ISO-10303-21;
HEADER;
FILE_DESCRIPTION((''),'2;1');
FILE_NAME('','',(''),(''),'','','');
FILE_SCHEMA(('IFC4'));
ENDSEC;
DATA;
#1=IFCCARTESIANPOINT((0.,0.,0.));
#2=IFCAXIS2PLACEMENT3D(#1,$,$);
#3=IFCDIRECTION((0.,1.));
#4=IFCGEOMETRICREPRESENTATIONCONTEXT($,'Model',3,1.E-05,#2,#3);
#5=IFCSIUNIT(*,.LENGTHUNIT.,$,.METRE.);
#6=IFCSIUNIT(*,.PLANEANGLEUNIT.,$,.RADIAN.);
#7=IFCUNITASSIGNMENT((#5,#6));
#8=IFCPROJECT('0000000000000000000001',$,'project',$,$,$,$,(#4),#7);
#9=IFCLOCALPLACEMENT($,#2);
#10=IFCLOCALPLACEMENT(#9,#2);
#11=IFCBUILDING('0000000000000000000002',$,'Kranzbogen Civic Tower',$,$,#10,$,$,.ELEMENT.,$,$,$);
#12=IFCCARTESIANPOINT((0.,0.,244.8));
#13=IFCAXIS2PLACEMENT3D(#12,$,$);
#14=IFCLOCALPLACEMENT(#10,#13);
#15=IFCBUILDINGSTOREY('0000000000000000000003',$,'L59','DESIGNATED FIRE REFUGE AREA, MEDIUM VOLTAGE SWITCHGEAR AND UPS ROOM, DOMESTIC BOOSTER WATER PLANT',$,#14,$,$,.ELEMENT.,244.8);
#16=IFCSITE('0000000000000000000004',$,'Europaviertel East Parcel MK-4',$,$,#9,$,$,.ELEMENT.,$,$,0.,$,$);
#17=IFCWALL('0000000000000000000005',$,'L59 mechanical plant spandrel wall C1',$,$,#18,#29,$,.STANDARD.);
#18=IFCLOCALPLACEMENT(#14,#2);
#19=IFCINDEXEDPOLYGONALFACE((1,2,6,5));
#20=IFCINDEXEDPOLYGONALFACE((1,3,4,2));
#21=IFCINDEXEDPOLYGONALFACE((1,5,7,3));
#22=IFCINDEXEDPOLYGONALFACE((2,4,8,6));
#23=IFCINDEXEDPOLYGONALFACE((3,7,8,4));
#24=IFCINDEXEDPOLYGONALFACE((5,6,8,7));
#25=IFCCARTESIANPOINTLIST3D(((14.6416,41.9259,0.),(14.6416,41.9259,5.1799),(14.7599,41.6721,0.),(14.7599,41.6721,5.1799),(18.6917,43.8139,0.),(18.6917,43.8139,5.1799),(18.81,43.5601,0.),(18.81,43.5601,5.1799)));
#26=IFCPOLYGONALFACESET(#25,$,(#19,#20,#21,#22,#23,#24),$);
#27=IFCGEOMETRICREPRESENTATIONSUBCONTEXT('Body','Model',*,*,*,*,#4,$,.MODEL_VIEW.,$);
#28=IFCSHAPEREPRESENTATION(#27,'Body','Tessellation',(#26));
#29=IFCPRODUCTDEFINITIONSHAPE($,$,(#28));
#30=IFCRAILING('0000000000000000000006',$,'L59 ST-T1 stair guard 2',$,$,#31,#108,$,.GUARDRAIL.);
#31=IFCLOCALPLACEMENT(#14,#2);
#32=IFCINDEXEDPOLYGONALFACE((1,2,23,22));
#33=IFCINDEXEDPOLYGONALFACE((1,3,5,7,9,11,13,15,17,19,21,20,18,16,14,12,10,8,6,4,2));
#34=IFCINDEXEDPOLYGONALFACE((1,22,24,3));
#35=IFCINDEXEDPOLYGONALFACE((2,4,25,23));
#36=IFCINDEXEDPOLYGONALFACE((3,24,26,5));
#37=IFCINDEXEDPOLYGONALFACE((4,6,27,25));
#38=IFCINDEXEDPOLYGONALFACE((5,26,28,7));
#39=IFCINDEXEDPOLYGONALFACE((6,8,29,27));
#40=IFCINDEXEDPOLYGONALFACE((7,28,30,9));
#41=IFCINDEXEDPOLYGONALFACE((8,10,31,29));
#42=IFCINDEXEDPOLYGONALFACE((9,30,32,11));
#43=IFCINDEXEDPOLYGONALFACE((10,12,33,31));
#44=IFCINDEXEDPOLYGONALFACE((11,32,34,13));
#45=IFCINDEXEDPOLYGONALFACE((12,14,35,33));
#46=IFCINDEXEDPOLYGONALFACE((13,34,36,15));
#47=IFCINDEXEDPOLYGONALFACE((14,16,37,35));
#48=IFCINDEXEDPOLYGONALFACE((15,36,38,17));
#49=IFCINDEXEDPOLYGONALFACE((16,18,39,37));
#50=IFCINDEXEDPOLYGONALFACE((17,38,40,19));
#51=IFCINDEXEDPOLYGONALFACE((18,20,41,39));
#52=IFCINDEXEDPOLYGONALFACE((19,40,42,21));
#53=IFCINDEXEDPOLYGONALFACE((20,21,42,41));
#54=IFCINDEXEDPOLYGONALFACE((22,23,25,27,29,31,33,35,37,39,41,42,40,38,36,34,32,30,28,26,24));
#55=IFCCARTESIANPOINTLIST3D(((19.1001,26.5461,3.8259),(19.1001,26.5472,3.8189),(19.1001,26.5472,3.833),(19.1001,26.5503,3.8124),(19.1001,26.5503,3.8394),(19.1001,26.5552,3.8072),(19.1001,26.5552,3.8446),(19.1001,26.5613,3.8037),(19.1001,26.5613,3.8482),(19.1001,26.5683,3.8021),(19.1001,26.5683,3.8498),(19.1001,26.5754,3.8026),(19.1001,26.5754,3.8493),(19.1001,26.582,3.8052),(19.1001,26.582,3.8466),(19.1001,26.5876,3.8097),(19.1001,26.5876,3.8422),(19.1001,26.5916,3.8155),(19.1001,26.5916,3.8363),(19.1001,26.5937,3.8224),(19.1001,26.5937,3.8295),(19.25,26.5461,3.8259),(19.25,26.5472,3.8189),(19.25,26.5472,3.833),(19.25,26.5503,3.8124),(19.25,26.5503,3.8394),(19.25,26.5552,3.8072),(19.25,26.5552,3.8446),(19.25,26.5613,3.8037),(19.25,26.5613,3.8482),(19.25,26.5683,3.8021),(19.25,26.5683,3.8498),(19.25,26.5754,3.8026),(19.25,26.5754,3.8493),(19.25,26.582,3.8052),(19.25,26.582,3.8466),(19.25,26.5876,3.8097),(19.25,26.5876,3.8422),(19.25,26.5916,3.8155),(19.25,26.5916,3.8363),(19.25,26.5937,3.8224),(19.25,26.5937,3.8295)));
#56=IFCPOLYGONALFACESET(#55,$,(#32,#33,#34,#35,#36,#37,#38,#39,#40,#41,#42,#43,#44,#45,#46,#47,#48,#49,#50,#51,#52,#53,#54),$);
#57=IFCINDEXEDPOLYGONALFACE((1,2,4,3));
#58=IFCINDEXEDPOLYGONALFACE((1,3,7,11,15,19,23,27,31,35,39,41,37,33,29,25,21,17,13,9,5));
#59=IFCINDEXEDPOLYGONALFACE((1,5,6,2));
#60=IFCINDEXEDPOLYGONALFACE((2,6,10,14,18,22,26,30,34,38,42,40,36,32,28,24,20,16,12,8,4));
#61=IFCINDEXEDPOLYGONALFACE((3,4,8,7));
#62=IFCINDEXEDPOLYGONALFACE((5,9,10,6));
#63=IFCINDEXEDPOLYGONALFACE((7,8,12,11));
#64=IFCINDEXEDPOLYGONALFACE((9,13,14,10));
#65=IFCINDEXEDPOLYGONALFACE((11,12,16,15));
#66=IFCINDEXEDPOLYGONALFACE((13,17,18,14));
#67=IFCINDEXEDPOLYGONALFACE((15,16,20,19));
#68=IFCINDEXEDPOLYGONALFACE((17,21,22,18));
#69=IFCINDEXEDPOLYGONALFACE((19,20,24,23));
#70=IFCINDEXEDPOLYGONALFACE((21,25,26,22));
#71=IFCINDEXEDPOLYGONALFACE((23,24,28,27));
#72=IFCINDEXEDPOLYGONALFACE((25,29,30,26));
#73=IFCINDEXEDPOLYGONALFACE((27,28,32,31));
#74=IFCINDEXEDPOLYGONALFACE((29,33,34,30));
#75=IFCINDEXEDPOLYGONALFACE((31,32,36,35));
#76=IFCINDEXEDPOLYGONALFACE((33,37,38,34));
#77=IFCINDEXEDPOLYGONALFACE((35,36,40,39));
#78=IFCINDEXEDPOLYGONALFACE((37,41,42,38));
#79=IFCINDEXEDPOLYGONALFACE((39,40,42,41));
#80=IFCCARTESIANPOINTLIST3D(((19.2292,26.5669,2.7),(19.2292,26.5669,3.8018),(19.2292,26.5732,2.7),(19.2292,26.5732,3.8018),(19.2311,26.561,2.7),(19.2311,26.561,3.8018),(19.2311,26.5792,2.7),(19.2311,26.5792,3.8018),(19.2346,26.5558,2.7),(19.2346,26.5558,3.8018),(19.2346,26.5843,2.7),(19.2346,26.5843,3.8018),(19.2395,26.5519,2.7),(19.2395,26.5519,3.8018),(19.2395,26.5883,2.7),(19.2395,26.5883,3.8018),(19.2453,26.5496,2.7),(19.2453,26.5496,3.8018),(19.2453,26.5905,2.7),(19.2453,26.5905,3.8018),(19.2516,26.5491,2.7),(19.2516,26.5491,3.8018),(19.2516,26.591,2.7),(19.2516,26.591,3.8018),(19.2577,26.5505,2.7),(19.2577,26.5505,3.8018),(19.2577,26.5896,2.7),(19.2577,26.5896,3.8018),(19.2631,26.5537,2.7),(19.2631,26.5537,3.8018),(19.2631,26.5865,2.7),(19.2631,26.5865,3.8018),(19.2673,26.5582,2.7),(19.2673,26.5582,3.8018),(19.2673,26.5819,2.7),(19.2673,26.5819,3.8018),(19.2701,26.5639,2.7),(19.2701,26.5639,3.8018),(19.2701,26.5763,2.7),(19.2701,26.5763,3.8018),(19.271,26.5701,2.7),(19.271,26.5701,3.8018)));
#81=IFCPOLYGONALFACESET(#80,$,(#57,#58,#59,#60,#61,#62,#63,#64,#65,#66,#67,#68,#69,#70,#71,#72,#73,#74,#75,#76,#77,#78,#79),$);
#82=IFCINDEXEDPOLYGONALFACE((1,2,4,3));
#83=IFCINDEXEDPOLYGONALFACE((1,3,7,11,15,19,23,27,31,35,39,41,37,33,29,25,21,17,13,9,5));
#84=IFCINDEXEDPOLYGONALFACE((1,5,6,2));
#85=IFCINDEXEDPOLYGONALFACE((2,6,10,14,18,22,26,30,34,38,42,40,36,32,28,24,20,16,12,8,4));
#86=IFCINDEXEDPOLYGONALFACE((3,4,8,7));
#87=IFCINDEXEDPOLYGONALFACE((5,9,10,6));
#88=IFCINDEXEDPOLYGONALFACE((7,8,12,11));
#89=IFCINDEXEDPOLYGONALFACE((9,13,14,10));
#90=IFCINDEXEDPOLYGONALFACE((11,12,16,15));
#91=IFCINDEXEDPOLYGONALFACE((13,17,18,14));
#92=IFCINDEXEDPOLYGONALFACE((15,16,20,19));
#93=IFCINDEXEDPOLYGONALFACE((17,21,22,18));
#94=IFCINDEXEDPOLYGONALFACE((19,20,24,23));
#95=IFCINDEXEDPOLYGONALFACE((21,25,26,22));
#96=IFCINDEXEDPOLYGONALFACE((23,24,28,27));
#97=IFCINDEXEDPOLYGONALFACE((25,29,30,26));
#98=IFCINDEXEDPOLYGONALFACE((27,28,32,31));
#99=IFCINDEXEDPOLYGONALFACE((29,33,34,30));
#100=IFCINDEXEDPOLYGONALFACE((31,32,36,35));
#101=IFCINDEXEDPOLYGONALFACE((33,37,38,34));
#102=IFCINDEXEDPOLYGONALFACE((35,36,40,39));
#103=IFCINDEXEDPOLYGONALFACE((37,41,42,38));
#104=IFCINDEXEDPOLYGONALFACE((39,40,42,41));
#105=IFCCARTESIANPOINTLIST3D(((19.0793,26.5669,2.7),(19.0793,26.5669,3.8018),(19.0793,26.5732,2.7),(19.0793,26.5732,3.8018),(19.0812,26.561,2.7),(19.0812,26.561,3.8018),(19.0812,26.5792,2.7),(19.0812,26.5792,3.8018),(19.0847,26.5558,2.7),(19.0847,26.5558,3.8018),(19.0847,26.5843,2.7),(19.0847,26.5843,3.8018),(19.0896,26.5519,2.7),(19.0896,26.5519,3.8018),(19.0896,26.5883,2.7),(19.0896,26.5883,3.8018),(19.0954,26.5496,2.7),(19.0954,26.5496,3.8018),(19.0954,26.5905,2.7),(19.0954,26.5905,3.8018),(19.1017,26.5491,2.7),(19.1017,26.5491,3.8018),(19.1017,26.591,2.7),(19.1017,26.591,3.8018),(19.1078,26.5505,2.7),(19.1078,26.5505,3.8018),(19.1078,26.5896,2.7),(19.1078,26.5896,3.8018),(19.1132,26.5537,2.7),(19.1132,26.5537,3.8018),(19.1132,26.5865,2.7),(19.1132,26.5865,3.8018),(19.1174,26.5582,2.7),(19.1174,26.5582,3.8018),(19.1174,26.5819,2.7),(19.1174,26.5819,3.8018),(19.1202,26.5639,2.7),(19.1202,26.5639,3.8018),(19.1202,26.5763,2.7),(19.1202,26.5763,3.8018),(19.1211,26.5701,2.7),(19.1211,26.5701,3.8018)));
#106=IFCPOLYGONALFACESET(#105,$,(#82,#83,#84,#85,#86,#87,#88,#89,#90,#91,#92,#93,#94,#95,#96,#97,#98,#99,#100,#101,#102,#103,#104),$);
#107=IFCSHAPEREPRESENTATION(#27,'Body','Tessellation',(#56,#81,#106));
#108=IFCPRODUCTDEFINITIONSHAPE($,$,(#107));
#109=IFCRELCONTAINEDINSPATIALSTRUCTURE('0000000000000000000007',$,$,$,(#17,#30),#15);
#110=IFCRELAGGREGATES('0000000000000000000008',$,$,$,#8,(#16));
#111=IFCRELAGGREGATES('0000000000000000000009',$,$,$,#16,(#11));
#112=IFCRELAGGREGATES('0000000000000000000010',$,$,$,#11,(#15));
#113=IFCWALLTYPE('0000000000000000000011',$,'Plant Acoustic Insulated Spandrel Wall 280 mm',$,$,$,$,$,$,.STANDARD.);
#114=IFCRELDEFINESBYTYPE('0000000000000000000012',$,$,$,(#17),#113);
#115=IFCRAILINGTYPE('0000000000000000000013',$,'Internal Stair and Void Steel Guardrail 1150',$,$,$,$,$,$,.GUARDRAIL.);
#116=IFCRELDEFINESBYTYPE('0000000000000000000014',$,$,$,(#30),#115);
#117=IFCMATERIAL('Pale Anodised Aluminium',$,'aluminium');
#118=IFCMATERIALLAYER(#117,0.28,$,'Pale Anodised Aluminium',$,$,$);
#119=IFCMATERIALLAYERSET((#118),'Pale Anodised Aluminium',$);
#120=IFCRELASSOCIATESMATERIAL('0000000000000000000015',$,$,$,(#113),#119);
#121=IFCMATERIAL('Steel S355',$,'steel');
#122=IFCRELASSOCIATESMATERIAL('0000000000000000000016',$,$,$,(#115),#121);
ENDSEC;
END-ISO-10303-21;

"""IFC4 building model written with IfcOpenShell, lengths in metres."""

from ifc_helpers import new_model, si_unit, direction, frame, frame_2d, origin, origin_2d, place, context, subcontext, project, spatial, rectangle, circle, extrude, material, layer, layer_set, type_object, element, save


model = new_model("IFC4")

# Units and contexts
model_context = context("Model", 3, precision=1e-05, world=origin(), true_north=direction((0.0, 1.0)))
body_context = subcontext(model_context, "Body", "Model", "MODEL_VIEW")
ifc_project = project(units=[si_unit("LENGTHUNIT", "METRE"), si_unit("PLANEANGLEUNIT", "RADIAN")], contexts=[model_context])

# Site, building, storey
site_placement = place(None, origin())
site = spatial("IfcSite", under=ifc_project, at=site_placement, Name="Europaviertel East Parcel MK-4", CompositionType="ELEMENT", RefElevation=0.0)
building_placement = place(site_placement, origin())
building = spatial("IfcBuilding", under=site, at=building_placement, Name="Kranzbogen Civic Tower", CompositionType="ELEMENT")
storey_placement = place(building_placement, frame((0.0, 0.0, 244.8)))
storey = spatial("IfcBuildingStorey", under=building, at=storey_placement, Name="L59", Description="DESIGNATED FIRE REFUGE AREA, MEDIUM VOLTAGE SWITCHGEAR AND UPS ROOM, DOMESTIC BOOSTER WATER PLANT", CompositionType="ELEMENT", Elevation=244.8)

# Shared definitions
ifc_material_1 = material(Name="Steel S355", Category="steel")

# Wall
ifc_material_2 = material(Name="Pale Anodised Aluminium", Category="aluminium")
ifc_layer_1 = layer(ifc_material_2, 0.28, Name="Pale Anodised Aluminium")
ifc_layer_set_1 = layer_set([ifc_layer_1], Name="Pale Anodised Aluminium")
wall_type_1 = type_object("IfcWallType", Name="Plant Acoustic Insulated Spandrel Wall 280 mm", PredefinedType="STANDARD", material=ifc_layer_set_1)
wall_1_placement = place(storey_placement, frame((18.751, 43.687, 0.0), z_axis=(0.0, 0.0, 1.0), x_axis=(-0.906362, -0.422503, 0.0)))
element("IfcWall", 1, at=wall_1_placement, inside=storey, type_object=wall_type_1, Name="L59 mechanical plant spandrel wall C1", PredefinedType="STANDARD", context=body_context, shape_type="SweptSolid", body=[
    extrude(rectangle(XDim=4.4685, YDim=0.28, at=frame_2d((2.2344, 0.0))), origin(), (0.0, 0.0, 1.0), 5.1799),
])

# Railing
railing_type = type_object("IfcRailingType", Name="Internal Stair and Void Steel Guardrail 1150", PredefinedType="GUARDRAIL", material=ifc_material_1)
railing_1_placement = place(storey_placement, frame((19.25, 26.5701, 2.7)))
element("IfcRailing", 2, at=railing_1_placement, inside=storey, type_object=railing_type, Name="L59 ST-T1 stair guard 2", PredefinedType="GUARDRAIL", context=body_context, shape_type="SweptSolid", body=[
    extrude(circle(Radius=0.0239, at=origin_2d()), frame((0.0, 0.0, 1.126), z_axis=(-1.0, 0.0, 0.0), x_axis=(0.0, -1.0, 0.0)), (0.0, 0.0, 1.0), 0.1499),
    extrude(circle(Radius=0.021, at=origin_2d()), origin(), (0.0, 0.0, 1.0), 1.1018),
    extrude(circle(Radius=0.021, at=origin_2d()), frame((-0.1499, 0.0, 0.0)), (0.0, 0.0, 1.0), 1.1018),
])

save(model, "model.ifc")
